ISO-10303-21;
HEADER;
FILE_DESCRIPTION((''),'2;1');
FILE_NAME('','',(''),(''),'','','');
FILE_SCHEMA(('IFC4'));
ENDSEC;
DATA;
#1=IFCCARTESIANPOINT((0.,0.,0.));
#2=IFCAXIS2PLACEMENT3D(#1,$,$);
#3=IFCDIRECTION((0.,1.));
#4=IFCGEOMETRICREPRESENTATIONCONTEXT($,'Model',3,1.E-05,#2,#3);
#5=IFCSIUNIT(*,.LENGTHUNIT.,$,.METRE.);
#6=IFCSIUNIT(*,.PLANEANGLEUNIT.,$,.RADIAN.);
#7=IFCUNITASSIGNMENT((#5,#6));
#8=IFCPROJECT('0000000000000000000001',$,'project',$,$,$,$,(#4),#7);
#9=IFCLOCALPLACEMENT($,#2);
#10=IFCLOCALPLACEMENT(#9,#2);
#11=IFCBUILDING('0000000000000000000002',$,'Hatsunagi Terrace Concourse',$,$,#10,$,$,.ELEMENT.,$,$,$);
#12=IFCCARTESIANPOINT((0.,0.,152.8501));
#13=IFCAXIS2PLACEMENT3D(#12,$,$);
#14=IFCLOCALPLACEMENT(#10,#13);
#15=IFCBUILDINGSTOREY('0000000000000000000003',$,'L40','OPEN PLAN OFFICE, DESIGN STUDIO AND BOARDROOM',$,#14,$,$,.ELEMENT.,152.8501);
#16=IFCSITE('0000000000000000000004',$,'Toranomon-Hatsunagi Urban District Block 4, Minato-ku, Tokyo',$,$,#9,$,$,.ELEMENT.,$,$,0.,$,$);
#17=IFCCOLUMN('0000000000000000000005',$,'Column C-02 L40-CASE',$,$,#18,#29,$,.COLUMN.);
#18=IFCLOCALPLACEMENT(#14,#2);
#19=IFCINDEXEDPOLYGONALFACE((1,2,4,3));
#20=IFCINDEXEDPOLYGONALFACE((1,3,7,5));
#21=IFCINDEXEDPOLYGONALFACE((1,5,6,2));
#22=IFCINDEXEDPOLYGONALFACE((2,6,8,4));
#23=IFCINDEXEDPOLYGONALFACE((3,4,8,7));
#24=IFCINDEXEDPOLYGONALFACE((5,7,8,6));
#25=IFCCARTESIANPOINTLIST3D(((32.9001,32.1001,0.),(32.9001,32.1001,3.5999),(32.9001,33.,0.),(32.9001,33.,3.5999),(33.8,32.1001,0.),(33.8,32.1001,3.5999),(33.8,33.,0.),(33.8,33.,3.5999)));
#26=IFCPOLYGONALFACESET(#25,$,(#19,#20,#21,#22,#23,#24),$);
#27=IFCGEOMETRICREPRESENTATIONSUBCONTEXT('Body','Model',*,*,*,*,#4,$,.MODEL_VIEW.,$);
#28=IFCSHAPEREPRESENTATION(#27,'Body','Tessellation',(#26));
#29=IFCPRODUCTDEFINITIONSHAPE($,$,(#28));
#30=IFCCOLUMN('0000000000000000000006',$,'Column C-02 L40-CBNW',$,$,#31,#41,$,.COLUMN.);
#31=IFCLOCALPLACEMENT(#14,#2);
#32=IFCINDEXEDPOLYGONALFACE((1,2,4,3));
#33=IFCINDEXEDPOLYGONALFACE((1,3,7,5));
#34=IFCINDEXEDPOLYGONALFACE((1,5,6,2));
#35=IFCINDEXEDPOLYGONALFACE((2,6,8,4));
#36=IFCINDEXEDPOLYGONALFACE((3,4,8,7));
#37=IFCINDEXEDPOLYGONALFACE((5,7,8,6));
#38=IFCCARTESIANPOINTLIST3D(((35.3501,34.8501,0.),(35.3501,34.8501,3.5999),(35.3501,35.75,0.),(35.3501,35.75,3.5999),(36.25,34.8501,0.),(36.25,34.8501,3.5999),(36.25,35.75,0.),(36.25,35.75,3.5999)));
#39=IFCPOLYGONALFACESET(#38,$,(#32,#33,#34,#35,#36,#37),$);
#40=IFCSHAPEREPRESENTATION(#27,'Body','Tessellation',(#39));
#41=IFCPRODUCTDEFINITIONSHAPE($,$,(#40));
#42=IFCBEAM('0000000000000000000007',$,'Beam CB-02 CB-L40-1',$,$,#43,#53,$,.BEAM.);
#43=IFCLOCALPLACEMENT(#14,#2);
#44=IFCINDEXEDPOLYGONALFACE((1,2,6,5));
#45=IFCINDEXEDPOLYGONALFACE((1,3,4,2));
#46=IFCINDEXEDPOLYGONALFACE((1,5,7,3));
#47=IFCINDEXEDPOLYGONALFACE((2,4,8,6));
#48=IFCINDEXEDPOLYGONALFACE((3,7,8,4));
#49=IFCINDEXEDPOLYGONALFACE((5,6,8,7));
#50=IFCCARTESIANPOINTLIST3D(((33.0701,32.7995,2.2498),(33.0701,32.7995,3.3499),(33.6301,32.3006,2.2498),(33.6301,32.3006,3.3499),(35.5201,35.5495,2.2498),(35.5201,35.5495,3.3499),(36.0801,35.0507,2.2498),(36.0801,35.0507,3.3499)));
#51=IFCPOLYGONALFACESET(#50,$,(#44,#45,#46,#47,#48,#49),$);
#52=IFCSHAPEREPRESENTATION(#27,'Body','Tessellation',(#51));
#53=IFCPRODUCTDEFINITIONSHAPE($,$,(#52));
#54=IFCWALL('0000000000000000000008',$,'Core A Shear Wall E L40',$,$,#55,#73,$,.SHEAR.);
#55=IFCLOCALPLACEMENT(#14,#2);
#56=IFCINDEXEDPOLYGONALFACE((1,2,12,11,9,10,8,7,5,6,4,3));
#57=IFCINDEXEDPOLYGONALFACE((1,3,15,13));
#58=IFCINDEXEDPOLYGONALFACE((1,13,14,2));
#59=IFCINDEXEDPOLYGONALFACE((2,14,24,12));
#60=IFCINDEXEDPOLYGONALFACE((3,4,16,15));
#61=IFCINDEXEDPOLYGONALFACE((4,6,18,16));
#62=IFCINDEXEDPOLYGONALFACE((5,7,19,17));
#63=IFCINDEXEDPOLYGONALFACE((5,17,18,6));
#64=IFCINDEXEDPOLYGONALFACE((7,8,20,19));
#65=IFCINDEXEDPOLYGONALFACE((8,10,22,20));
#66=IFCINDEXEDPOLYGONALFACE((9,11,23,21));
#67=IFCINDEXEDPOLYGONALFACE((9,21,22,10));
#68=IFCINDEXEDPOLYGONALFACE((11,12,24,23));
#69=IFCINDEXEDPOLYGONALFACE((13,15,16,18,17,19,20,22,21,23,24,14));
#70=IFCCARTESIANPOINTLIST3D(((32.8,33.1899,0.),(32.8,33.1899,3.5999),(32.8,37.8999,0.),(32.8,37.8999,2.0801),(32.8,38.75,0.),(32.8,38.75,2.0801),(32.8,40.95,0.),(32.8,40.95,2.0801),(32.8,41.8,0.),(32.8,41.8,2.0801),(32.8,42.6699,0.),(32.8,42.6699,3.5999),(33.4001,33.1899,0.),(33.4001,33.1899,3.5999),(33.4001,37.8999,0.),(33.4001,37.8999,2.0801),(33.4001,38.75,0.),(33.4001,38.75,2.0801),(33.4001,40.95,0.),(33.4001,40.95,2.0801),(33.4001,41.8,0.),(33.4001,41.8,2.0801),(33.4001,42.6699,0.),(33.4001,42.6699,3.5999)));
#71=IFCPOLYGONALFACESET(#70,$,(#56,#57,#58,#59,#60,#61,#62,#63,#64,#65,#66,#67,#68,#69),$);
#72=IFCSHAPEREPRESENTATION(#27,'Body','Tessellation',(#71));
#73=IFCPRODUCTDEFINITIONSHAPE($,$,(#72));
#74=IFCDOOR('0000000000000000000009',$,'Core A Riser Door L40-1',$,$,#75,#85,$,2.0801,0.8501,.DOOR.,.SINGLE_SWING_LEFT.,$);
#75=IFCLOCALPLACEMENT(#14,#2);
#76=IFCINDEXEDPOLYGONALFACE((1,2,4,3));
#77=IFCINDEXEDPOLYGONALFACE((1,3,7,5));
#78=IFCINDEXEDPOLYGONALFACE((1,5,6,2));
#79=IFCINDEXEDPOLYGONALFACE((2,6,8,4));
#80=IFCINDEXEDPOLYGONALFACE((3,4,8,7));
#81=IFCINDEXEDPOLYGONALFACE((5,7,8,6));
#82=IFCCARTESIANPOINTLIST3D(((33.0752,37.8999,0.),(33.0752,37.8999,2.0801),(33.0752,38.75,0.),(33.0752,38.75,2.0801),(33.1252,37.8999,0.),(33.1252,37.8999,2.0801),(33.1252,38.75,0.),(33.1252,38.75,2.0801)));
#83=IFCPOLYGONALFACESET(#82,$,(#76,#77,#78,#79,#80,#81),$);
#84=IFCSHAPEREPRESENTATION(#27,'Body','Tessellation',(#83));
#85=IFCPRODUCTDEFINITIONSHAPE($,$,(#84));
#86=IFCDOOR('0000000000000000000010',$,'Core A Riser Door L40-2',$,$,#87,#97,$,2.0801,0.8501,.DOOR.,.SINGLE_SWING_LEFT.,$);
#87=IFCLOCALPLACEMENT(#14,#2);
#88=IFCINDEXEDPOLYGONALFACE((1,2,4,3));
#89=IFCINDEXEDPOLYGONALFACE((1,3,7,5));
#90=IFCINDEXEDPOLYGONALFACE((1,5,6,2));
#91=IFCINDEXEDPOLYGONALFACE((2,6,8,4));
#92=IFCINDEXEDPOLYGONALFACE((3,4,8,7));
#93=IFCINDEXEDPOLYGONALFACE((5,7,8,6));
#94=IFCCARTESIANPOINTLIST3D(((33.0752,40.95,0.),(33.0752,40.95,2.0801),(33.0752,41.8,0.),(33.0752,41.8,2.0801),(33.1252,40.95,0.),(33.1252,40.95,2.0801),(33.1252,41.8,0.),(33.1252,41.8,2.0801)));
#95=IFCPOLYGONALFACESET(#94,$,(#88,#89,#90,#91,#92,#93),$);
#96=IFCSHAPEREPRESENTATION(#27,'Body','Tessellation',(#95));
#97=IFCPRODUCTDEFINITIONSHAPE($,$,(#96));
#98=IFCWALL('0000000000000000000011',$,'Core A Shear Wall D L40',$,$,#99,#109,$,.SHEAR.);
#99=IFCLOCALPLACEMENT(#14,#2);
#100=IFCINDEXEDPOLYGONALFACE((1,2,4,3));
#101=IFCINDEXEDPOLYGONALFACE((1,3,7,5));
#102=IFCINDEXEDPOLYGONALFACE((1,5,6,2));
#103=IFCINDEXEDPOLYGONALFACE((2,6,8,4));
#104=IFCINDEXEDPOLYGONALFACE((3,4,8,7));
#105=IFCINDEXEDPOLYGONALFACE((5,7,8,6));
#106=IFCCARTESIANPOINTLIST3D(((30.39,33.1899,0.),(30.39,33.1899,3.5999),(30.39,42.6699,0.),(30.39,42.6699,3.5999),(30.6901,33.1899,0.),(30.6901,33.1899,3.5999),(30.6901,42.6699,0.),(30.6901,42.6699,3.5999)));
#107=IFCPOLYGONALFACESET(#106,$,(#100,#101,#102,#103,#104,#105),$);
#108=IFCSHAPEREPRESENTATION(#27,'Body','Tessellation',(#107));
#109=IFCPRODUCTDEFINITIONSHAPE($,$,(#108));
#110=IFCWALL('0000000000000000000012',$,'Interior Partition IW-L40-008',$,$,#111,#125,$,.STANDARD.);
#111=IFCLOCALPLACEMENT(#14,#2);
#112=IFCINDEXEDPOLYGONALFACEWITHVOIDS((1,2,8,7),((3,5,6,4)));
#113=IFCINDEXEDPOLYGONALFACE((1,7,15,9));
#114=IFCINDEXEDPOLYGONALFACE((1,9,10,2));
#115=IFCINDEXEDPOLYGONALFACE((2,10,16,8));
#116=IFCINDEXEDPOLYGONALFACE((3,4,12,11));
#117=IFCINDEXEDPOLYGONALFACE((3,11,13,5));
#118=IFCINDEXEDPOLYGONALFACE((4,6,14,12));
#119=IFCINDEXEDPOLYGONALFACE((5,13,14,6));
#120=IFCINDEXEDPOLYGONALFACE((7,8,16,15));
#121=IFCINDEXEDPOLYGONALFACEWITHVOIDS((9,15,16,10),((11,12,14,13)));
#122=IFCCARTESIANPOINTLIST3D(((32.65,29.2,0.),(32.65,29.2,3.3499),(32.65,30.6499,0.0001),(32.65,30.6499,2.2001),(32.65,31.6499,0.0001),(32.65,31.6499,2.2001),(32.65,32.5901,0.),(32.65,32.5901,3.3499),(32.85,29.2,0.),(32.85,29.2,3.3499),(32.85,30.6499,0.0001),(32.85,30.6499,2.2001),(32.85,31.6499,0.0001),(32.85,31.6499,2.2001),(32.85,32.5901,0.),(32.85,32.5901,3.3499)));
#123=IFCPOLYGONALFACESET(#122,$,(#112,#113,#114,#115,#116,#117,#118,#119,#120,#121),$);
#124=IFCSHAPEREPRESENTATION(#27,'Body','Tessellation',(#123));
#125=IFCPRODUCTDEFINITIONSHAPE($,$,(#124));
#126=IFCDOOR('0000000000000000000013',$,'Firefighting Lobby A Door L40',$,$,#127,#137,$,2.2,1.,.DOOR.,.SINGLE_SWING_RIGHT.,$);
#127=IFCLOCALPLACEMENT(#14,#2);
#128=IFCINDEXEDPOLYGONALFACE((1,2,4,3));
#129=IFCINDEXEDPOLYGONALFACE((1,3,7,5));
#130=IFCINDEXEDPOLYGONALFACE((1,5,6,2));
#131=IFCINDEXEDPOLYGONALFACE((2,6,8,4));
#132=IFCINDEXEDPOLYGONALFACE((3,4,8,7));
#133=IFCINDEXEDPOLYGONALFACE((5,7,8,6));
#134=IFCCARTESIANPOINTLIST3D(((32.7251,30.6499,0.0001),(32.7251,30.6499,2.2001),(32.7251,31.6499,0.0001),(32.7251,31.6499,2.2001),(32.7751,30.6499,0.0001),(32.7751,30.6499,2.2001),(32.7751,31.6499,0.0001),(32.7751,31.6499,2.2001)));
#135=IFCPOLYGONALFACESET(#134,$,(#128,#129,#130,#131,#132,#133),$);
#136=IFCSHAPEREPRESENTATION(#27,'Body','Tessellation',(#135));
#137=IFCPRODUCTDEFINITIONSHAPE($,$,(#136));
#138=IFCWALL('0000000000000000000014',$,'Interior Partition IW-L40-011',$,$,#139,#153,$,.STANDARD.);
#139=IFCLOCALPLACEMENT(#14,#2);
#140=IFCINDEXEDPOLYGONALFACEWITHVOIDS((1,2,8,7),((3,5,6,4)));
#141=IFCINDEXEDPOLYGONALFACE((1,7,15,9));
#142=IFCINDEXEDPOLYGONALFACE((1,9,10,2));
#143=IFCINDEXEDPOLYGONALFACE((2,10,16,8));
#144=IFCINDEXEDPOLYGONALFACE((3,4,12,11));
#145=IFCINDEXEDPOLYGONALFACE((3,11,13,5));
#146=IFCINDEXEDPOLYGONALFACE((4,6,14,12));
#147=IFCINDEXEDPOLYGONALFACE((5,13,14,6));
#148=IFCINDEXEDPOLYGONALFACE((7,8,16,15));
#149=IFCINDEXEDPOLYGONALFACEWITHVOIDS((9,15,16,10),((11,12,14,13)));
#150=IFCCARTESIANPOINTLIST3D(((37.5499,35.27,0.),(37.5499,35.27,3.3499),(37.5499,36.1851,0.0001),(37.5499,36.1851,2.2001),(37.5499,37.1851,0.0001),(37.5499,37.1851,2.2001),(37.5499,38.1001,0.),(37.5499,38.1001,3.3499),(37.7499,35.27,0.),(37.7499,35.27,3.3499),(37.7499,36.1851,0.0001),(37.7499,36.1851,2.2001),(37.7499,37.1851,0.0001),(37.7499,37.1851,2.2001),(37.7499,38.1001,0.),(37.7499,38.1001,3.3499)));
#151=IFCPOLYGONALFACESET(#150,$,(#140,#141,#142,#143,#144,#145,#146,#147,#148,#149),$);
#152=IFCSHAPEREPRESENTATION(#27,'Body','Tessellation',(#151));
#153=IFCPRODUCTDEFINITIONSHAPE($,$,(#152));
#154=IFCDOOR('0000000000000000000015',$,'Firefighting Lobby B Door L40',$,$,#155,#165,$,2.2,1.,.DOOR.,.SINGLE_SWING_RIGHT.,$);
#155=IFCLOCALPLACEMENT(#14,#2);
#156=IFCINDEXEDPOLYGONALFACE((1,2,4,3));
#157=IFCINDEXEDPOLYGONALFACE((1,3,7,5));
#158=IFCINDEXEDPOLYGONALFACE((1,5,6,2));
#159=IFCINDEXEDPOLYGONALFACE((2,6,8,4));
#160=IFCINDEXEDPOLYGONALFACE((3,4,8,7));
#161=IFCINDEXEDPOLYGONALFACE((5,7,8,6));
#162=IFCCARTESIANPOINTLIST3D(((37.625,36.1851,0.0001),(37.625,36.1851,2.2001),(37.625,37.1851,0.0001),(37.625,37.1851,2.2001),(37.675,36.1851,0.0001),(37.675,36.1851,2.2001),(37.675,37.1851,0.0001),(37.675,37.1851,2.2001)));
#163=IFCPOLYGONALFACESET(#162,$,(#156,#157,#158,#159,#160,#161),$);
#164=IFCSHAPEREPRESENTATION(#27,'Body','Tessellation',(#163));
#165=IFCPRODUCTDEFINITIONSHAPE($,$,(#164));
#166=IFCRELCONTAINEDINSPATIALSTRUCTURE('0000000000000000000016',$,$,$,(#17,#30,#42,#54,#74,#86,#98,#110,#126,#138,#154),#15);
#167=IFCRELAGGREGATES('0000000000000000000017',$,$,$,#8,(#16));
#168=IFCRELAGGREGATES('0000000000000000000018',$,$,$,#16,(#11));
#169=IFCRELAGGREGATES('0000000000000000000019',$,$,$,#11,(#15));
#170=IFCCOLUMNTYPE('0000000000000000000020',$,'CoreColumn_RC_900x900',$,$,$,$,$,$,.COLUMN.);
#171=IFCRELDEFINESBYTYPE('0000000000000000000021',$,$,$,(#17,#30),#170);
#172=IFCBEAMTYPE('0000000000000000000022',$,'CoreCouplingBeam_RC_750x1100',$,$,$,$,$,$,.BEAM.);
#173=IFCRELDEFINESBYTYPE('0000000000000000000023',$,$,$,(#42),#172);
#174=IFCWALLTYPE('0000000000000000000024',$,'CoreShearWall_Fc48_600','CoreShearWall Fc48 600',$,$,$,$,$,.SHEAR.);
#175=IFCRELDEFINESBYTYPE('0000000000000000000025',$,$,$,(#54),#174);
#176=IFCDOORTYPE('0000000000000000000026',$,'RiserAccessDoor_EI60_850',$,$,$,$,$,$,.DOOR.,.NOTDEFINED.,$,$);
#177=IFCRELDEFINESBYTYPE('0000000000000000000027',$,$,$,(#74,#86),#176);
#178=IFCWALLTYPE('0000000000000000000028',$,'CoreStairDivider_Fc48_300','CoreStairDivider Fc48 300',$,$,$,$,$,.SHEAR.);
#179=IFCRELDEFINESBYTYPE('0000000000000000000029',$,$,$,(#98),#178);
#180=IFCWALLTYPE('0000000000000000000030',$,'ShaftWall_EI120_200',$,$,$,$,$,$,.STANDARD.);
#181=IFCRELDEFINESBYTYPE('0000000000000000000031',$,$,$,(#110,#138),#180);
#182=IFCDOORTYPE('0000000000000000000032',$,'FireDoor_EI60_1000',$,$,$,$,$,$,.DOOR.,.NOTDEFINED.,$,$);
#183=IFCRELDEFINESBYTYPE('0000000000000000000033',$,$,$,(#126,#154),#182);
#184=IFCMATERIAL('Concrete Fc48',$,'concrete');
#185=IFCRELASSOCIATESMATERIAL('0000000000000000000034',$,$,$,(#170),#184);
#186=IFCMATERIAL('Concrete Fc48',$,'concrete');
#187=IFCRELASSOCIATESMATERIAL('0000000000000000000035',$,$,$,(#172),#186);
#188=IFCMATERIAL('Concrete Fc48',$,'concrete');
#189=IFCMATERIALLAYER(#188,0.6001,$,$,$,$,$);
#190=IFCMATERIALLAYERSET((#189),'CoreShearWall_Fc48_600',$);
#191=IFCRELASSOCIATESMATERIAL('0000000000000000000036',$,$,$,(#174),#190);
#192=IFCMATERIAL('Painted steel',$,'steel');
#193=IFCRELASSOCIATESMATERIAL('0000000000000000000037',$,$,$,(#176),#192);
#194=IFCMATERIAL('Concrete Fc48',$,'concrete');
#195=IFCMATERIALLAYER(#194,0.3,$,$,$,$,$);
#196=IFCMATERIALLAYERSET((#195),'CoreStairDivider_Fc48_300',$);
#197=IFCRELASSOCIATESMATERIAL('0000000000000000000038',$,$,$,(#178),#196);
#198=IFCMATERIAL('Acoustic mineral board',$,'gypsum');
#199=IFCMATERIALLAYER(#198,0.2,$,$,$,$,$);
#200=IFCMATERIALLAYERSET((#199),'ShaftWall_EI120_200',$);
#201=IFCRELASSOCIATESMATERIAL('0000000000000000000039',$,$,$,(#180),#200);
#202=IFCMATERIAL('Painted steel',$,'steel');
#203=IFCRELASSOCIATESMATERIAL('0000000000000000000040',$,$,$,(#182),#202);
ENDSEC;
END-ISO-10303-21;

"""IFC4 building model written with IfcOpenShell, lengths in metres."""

from ifc_helpers import new_model, si_unit, direction, frame, frame_2d, origin, origin_2d, place, context, subcontext, project, spatial, rectangle, extrude, material, layer, layer_set, material_profile, profile_set, type_object, element, fill, save


model = new_model("IFC4")

# Units and contexts
model_context = context("Model", 3, precision=1e-05, world=origin(), true_north=direction((0.0, 1.0)))
body_context = subcontext(model_context, "Body", "Model", "MODEL_VIEW")
ifc_project = project(units=[si_unit("LENGTHUNIT", "METRE"), si_unit("PLANEANGLEUNIT", "RADIAN")], contexts=[model_context])

# Site, building, storey
site_placement = place(None, origin())
site = spatial("IfcSite", under=ifc_project, at=site_placement, Name="Toranomon-Hatsunagi Urban District Block 4, Minato-ku, Tokyo", CompositionType="ELEMENT", RefElevation=0.0)
building_placement = place(site_placement, origin())
building = spatial("IfcBuilding", under=site, at=building_placement, Name="Hatsunagi Terrace Concourse", CompositionType="ELEMENT")
storey_placement = place(building_placement, frame((0.0, 0.0, 152.8501)))
storey = spatial("IfcBuildingStorey", under=building, at=storey_placement, Name="L40", Description="OPEN PLAN OFFICE, DESIGN STUDIO AND BOARDROOM", CompositionType="ELEMENT", Elevation=152.8501)

# Columns
ifc_material_1 = material(Name="Concrete Fc48", Category="concrete")
ifc_material_profile_1 = material_profile(ifc_material_1, rectangle(XDim=0.8999, YDim=0.8999, at=origin_2d()), Name="RC-900x900")
ifc_profile_set_1 = profile_set([ifc_material_profile_1], Name="Concrete Fc48")
column_type = type_object("IfcColumnType", Name="CoreColumn_RC_900x900", PredefinedType="COLUMN", material=ifc_profile_set_1)
for number, where, z_axis, x_axis, name in (
    (1, (33.3501, 32.55, 0.0), (0.0, 0.0, 1.0), (1.0, 0.0, 0.0), "Column C-02 L40-CASE"),
    (2, (35.8, 35.3, 0.0), (0.0, 0.0, 1.0), (1.0, 0.0, 0.0), "Column C-02 L40-CBNW"),
):
    element("IfcColumn", number, at=place(storey_placement, frame(where, z_axis=z_axis, x_axis=x_axis)), inside=storey, type_object=column_type, Name=name, PredefinedType="COLUMN", context=body_context, shape_type="SweptSolid", body=[
        extrude(rectangle(XDim=0.8999, YDim=0.8999, at=origin_2d()), origin(), (0.0, 0.0, 1.0), 3.5999),
    ])

# Beam
ifc_material_2 = material(Name="Concrete Fc48", Category="concrete")
ifc_material_profile_2 = material_profile(ifc_material_2, rectangle(XDim=0.75, YDim=1.1001, at=origin_2d()), Name="RC-750x1100")
ifc_profile_set_2 = profile_set([ifc_material_profile_2], Name="Concrete Fc48")
beam_type = type_object("IfcBeamType", Name="CoreCouplingBeam_RC_750x1100", PredefinedType="BEAM", material=ifc_profile_set_2)
beam_placement = place(storey_placement, frame((33.3501, 32.55, 2.7998), z_axis=(0.665199, 0.746666, 0.0), x_axis=(-0.746666, 0.665199, 0.0)))
element("IfcBeam", 3, at=beam_placement, inside=storey, type_object=beam_type, Name="Beam CB-02 CB-L40-1", PredefinedType="BEAM", context=body_context, shape_type="SweptSolid", body=[
    extrude(rectangle(XDim=0.75, YDim=1.1001, at=origin_2d()), origin(), (0.0, 0.0, 1.0), 3.6831),
])

# Wall, openings, doors
ifc_material_3 = material(Name="Concrete Fc48", Category="concrete")
ifc_layer_1 = layer(ifc_material_3, 0.6001)
ifc_layer_set_1 = layer_set([ifc_layer_1], Name="CoreShearWall_Fc48_600")
wall_type_1 = type_object("IfcWallType", Name="CoreShearWall_Fc48_600", Description="CoreShearWall Fc48 600", PredefinedType="SHEAR", material=ifc_layer_set_1)
wall_1_placement = place(storey_placement, frame((33.1001, 33.1899, 0.0), z_axis=(0.0, 0.0, 1.0), x_axis=(0.0, 1.0, 0.0)))
wall_1 = element("IfcWall", 4, at=wall_1_placement, inside=storey, type_object=wall_type_1, Name="Core A Shear Wall E L40", PredefinedType="SHEAR", context=body_context, shape_type="SweptSolid", body=[
    extrude(rectangle(XDim=9.48, YDim=0.6001, at=frame_2d((4.74, 0.0))), origin(), (0.0, 0.0, 1.0), 3.5999),
])
opening_1_placement = place(wall_1_placement, frame((4.71, 0.0, 0.0)))
opening_1 = element("IfcOpeningElement", 5, at=opening_1_placement, cuts=wall_1, PredefinedType="OPENING", context=body_context, shape_type="SweptSolid", body=[
    extrude(rectangle(XDim=0.8501, YDim=2.0801, at=frame_2d((0.425, 1.04))), frame((0.0, 0.3101, 0.0), z_axis=(0.0, -1.0, 0.0), x_axis=(1.0, 0.0, 0.0)), (0.0, 0.0, 1.0), 0.6201),
])
opening_2_placement = place(wall_1_placement, frame((7.76, 0.0, 0.0)))
opening_2 = element("IfcOpeningElement", 6, at=opening_2_placement, cuts=wall_1, PredefinedType="OPENING", context=body_context, shape_type="SweptSolid", body=[
    extrude(rectangle(XDim=0.8501, YDim=2.0801, at=frame_2d((0.425, 1.04))), frame((0.0, 0.3101, 0.0), z_axis=(0.0, -1.0, 0.0), x_axis=(1.0, 0.0, 0.0)), (0.0, 0.0, 1.0), 0.6201),
])
ifc_material_4 = material(Name="Painted steel", Category="steel")
door_type_1 = type_object("IfcDoorType", Name="RiserAccessDoor_EI60_850", OperationType="NOTDEFINED", PredefinedType="DOOR", material=ifc_material_4)
door_1_placement = place(opening_1_placement, origin())
door_1 = element("IfcDoor", 7, at=door_1_placement, inside=storey, type_object=door_type_1, Name="Core A Riser Door L40-1", OperationType="SINGLE_SWING_LEFT", OverallHeight=2.0801, OverallWidth=0.8501, PredefinedType="DOOR", context=body_context, shape_type="SweptSolid", body=[
    extrude(rectangle(XDim=0.8501, YDim=2.0801, at=frame_2d((0.425, 1.04))), frame((0.0, 0.0249, 0.0), z_axis=(0.0, -1.0, 0.0), x_axis=(1.0, 0.0, 0.0)), (0.0, 0.0, 1.0), 0.05),
])
fill(opening_1, door_1)
door_2_placement = place(opening_2_placement, origin())
door_2 = element("IfcDoor", 8, at=door_2_placement, inside=storey, type_object=door_type_1, Name="Core A Riser Door L40-2", OperationType="SINGLE_SWING_LEFT", OverallHeight=2.0801, OverallWidth=0.8501, PredefinedType="DOOR", context=body_context, shape_type="SweptSolid", body=[
    extrude(rectangle(XDim=0.8501, YDim=2.0801, at=frame_2d((0.425, 1.04))), frame((0.0, 0.0249, 0.0), z_axis=(0.0, -1.0, 0.0), x_axis=(1.0, 0.0, 0.0)), (0.0, 0.0, 1.0), 0.05),
])
fill(opening_2, door_2)

# Wall
ifc_material_5 = material(Name="Concrete Fc48", Category="concrete")
ifc_layer_2 = layer(ifc_material_5, 0.3)
ifc_layer_set_2 = layer_set([ifc_layer_2], Name="CoreStairDivider_Fc48_300")
wall_type_2 = type_object("IfcWallType", Name="CoreStairDivider_Fc48_300", Description="CoreStairDivider Fc48 300", PredefinedType="SHEAR", material=ifc_layer_set_2)
wall_2_placement = place(storey_placement, frame((30.54, 33.1899, 0.0), z_axis=(0.0, 0.0, 1.0), x_axis=(0.0, 1.0, 0.0)))
element("IfcWall", 9, at=wall_2_placement, inside=storey, type_object=wall_type_2, Name="Core A Shear Wall D L40", PredefinedType="SHEAR", context=body_context, shape_type="SweptSolid", body=[
    extrude(rectangle(XDim=9.48, YDim=0.3, at=frame_2d((4.74, 0.0))), origin(), (0.0, 0.0, 1.0), 3.5999),
])

# Walls, openings, doors
ifc_material_6 = material(Name="Acoustic mineral board", Category="gypsum")
ifc_layer_3 = layer(ifc_material_6, 0.2)
ifc_layer_set_3 = layer_set([ifc_layer_3], Name="ShaftWall_EI120_200")
wall_type_3 = type_object("IfcWallType", Name="ShaftWall_EI120_200", PredefinedType="STANDARD", material=ifc_layer_set_3)
wall_3_placement = place(storey_placement, frame((32.75, 29.2, 0.0), z_axis=(0.0, 0.0, 1.0), x_axis=(0.0, 1.0, 0.0)))
wall_3 = element("IfcWall", 10, at=wall_3_placement, inside=storey, type_object=wall_type_3, Name="Interior Partition IW-L40-008", PredefinedType="STANDARD", context=body_context, shape_type="SweptSolid", body=[
    extrude(rectangle(XDim=3.3901, YDim=0.2, at=frame_2d((1.6951, 0.0))), origin(), (0.0, 0.0, 1.0), 3.3499),
])
opening_3_placement = place(wall_3_placement, frame((1.45, 0.0, 0.0)))
opening_3 = element("IfcOpeningElement", 11, at=opening_3_placement, cuts=wall_3, PredefinedType="OPENING", context=body_context, shape_type="SweptSolid", body=[
    extrude(rectangle(XDim=1.0, YDim=2.2, at=frame_2d((0.5, 1.1001))), frame((0.0, 0.1099, 0.0), z_axis=(0.0, -1.0, 0.0), x_axis=(1.0, 0.0, 0.0)), (0.0, 0.0, 1.0), 0.22),
])
ifc_material_7 = material(Name="Painted steel", Category="steel")
door_type_2 = type_object("IfcDoorType", Name="FireDoor_EI60_1000", OperationType="NOTDEFINED", PredefinedType="DOOR", material=ifc_material_7)
door_3_placement = place(opening_3_placement, origin())
door_3 = element("IfcDoor", 12, at=door_3_placement, inside=storey, type_object=door_type_2, Name="Firefighting Lobby A Door L40", OperationType="SINGLE_SWING_RIGHT", OverallHeight=2.2, OverallWidth=1.0, PredefinedType="DOOR", context=body_context, shape_type="SweptSolid", body=[
    extrude(rectangle(XDim=1.0, YDim=2.2, at=frame_2d((0.5, 1.1001))), frame((0.0, 0.0249, 0.0), z_axis=(0.0, -1.0, 0.0), x_axis=(1.0, 0.0, 0.0)), (0.0, 0.0, 1.0), 0.05),
])
fill(opening_3, door_3)
wall_4_placement = place(storey_placement, frame((37.6499, 35.27, 0.0), z_axis=(0.0, 0.0, 1.0), x_axis=(0.0, 1.0, 0.0)))
wall_4 = element("IfcWall", 13, at=wall_4_placement, inside=storey, type_object=wall_type_3, Name="Interior Partition IW-L40-011", PredefinedType="STANDARD", context=body_context, shape_type="SweptSolid", body=[
    extrude(rectangle(XDim=2.8301, YDim=0.2, at=frame_2d((1.415, 0.0))), origin(), (0.0, 0.0, 1.0), 3.3499),
])
opening_4_placement = place(wall_4_placement, frame((0.915, 0.0, 0.0)))
opening_4 = element("IfcOpeningElement", 14, at=opening_4_placement, cuts=wall_4, PredefinedType="OPENING", context=body_context, shape_type="SweptSolid", body=[
    extrude(rectangle(XDim=1.0, YDim=2.2, at=frame_2d((0.5, 1.1001))), frame((0.0, 0.1099, 0.0), z_axis=(0.0, -1.0, 0.0), x_axis=(1.0, 0.0, 0.0)), (0.0, 0.0, 1.0), 0.22),
])
door_4_placement = place(opening_4_placement, origin())
door_4 = element("IfcDoor", 15, at=door_4_placement, inside=storey, type_object=door_type_2, Name="Firefighting Lobby B Door L40", OperationType="SINGLE_SWING_RIGHT", OverallHeight=2.2, OverallWidth=1.0, PredefinedType="DOOR", context=body_context, shape_type="SweptSolid", body=[
    extrude(rectangle(XDim=1.0, YDim=2.2, at=frame_2d((0.5, 1.1001))), frame((0.0, 0.0249, 0.0), z_axis=(0.0, -1.0, 0.0), x_axis=(1.0, 0.0, 0.0)), (0.0, 0.0, 1.0), 0.05),
])
fill(opening_4, door_4)

save(model, "model.ifc")
